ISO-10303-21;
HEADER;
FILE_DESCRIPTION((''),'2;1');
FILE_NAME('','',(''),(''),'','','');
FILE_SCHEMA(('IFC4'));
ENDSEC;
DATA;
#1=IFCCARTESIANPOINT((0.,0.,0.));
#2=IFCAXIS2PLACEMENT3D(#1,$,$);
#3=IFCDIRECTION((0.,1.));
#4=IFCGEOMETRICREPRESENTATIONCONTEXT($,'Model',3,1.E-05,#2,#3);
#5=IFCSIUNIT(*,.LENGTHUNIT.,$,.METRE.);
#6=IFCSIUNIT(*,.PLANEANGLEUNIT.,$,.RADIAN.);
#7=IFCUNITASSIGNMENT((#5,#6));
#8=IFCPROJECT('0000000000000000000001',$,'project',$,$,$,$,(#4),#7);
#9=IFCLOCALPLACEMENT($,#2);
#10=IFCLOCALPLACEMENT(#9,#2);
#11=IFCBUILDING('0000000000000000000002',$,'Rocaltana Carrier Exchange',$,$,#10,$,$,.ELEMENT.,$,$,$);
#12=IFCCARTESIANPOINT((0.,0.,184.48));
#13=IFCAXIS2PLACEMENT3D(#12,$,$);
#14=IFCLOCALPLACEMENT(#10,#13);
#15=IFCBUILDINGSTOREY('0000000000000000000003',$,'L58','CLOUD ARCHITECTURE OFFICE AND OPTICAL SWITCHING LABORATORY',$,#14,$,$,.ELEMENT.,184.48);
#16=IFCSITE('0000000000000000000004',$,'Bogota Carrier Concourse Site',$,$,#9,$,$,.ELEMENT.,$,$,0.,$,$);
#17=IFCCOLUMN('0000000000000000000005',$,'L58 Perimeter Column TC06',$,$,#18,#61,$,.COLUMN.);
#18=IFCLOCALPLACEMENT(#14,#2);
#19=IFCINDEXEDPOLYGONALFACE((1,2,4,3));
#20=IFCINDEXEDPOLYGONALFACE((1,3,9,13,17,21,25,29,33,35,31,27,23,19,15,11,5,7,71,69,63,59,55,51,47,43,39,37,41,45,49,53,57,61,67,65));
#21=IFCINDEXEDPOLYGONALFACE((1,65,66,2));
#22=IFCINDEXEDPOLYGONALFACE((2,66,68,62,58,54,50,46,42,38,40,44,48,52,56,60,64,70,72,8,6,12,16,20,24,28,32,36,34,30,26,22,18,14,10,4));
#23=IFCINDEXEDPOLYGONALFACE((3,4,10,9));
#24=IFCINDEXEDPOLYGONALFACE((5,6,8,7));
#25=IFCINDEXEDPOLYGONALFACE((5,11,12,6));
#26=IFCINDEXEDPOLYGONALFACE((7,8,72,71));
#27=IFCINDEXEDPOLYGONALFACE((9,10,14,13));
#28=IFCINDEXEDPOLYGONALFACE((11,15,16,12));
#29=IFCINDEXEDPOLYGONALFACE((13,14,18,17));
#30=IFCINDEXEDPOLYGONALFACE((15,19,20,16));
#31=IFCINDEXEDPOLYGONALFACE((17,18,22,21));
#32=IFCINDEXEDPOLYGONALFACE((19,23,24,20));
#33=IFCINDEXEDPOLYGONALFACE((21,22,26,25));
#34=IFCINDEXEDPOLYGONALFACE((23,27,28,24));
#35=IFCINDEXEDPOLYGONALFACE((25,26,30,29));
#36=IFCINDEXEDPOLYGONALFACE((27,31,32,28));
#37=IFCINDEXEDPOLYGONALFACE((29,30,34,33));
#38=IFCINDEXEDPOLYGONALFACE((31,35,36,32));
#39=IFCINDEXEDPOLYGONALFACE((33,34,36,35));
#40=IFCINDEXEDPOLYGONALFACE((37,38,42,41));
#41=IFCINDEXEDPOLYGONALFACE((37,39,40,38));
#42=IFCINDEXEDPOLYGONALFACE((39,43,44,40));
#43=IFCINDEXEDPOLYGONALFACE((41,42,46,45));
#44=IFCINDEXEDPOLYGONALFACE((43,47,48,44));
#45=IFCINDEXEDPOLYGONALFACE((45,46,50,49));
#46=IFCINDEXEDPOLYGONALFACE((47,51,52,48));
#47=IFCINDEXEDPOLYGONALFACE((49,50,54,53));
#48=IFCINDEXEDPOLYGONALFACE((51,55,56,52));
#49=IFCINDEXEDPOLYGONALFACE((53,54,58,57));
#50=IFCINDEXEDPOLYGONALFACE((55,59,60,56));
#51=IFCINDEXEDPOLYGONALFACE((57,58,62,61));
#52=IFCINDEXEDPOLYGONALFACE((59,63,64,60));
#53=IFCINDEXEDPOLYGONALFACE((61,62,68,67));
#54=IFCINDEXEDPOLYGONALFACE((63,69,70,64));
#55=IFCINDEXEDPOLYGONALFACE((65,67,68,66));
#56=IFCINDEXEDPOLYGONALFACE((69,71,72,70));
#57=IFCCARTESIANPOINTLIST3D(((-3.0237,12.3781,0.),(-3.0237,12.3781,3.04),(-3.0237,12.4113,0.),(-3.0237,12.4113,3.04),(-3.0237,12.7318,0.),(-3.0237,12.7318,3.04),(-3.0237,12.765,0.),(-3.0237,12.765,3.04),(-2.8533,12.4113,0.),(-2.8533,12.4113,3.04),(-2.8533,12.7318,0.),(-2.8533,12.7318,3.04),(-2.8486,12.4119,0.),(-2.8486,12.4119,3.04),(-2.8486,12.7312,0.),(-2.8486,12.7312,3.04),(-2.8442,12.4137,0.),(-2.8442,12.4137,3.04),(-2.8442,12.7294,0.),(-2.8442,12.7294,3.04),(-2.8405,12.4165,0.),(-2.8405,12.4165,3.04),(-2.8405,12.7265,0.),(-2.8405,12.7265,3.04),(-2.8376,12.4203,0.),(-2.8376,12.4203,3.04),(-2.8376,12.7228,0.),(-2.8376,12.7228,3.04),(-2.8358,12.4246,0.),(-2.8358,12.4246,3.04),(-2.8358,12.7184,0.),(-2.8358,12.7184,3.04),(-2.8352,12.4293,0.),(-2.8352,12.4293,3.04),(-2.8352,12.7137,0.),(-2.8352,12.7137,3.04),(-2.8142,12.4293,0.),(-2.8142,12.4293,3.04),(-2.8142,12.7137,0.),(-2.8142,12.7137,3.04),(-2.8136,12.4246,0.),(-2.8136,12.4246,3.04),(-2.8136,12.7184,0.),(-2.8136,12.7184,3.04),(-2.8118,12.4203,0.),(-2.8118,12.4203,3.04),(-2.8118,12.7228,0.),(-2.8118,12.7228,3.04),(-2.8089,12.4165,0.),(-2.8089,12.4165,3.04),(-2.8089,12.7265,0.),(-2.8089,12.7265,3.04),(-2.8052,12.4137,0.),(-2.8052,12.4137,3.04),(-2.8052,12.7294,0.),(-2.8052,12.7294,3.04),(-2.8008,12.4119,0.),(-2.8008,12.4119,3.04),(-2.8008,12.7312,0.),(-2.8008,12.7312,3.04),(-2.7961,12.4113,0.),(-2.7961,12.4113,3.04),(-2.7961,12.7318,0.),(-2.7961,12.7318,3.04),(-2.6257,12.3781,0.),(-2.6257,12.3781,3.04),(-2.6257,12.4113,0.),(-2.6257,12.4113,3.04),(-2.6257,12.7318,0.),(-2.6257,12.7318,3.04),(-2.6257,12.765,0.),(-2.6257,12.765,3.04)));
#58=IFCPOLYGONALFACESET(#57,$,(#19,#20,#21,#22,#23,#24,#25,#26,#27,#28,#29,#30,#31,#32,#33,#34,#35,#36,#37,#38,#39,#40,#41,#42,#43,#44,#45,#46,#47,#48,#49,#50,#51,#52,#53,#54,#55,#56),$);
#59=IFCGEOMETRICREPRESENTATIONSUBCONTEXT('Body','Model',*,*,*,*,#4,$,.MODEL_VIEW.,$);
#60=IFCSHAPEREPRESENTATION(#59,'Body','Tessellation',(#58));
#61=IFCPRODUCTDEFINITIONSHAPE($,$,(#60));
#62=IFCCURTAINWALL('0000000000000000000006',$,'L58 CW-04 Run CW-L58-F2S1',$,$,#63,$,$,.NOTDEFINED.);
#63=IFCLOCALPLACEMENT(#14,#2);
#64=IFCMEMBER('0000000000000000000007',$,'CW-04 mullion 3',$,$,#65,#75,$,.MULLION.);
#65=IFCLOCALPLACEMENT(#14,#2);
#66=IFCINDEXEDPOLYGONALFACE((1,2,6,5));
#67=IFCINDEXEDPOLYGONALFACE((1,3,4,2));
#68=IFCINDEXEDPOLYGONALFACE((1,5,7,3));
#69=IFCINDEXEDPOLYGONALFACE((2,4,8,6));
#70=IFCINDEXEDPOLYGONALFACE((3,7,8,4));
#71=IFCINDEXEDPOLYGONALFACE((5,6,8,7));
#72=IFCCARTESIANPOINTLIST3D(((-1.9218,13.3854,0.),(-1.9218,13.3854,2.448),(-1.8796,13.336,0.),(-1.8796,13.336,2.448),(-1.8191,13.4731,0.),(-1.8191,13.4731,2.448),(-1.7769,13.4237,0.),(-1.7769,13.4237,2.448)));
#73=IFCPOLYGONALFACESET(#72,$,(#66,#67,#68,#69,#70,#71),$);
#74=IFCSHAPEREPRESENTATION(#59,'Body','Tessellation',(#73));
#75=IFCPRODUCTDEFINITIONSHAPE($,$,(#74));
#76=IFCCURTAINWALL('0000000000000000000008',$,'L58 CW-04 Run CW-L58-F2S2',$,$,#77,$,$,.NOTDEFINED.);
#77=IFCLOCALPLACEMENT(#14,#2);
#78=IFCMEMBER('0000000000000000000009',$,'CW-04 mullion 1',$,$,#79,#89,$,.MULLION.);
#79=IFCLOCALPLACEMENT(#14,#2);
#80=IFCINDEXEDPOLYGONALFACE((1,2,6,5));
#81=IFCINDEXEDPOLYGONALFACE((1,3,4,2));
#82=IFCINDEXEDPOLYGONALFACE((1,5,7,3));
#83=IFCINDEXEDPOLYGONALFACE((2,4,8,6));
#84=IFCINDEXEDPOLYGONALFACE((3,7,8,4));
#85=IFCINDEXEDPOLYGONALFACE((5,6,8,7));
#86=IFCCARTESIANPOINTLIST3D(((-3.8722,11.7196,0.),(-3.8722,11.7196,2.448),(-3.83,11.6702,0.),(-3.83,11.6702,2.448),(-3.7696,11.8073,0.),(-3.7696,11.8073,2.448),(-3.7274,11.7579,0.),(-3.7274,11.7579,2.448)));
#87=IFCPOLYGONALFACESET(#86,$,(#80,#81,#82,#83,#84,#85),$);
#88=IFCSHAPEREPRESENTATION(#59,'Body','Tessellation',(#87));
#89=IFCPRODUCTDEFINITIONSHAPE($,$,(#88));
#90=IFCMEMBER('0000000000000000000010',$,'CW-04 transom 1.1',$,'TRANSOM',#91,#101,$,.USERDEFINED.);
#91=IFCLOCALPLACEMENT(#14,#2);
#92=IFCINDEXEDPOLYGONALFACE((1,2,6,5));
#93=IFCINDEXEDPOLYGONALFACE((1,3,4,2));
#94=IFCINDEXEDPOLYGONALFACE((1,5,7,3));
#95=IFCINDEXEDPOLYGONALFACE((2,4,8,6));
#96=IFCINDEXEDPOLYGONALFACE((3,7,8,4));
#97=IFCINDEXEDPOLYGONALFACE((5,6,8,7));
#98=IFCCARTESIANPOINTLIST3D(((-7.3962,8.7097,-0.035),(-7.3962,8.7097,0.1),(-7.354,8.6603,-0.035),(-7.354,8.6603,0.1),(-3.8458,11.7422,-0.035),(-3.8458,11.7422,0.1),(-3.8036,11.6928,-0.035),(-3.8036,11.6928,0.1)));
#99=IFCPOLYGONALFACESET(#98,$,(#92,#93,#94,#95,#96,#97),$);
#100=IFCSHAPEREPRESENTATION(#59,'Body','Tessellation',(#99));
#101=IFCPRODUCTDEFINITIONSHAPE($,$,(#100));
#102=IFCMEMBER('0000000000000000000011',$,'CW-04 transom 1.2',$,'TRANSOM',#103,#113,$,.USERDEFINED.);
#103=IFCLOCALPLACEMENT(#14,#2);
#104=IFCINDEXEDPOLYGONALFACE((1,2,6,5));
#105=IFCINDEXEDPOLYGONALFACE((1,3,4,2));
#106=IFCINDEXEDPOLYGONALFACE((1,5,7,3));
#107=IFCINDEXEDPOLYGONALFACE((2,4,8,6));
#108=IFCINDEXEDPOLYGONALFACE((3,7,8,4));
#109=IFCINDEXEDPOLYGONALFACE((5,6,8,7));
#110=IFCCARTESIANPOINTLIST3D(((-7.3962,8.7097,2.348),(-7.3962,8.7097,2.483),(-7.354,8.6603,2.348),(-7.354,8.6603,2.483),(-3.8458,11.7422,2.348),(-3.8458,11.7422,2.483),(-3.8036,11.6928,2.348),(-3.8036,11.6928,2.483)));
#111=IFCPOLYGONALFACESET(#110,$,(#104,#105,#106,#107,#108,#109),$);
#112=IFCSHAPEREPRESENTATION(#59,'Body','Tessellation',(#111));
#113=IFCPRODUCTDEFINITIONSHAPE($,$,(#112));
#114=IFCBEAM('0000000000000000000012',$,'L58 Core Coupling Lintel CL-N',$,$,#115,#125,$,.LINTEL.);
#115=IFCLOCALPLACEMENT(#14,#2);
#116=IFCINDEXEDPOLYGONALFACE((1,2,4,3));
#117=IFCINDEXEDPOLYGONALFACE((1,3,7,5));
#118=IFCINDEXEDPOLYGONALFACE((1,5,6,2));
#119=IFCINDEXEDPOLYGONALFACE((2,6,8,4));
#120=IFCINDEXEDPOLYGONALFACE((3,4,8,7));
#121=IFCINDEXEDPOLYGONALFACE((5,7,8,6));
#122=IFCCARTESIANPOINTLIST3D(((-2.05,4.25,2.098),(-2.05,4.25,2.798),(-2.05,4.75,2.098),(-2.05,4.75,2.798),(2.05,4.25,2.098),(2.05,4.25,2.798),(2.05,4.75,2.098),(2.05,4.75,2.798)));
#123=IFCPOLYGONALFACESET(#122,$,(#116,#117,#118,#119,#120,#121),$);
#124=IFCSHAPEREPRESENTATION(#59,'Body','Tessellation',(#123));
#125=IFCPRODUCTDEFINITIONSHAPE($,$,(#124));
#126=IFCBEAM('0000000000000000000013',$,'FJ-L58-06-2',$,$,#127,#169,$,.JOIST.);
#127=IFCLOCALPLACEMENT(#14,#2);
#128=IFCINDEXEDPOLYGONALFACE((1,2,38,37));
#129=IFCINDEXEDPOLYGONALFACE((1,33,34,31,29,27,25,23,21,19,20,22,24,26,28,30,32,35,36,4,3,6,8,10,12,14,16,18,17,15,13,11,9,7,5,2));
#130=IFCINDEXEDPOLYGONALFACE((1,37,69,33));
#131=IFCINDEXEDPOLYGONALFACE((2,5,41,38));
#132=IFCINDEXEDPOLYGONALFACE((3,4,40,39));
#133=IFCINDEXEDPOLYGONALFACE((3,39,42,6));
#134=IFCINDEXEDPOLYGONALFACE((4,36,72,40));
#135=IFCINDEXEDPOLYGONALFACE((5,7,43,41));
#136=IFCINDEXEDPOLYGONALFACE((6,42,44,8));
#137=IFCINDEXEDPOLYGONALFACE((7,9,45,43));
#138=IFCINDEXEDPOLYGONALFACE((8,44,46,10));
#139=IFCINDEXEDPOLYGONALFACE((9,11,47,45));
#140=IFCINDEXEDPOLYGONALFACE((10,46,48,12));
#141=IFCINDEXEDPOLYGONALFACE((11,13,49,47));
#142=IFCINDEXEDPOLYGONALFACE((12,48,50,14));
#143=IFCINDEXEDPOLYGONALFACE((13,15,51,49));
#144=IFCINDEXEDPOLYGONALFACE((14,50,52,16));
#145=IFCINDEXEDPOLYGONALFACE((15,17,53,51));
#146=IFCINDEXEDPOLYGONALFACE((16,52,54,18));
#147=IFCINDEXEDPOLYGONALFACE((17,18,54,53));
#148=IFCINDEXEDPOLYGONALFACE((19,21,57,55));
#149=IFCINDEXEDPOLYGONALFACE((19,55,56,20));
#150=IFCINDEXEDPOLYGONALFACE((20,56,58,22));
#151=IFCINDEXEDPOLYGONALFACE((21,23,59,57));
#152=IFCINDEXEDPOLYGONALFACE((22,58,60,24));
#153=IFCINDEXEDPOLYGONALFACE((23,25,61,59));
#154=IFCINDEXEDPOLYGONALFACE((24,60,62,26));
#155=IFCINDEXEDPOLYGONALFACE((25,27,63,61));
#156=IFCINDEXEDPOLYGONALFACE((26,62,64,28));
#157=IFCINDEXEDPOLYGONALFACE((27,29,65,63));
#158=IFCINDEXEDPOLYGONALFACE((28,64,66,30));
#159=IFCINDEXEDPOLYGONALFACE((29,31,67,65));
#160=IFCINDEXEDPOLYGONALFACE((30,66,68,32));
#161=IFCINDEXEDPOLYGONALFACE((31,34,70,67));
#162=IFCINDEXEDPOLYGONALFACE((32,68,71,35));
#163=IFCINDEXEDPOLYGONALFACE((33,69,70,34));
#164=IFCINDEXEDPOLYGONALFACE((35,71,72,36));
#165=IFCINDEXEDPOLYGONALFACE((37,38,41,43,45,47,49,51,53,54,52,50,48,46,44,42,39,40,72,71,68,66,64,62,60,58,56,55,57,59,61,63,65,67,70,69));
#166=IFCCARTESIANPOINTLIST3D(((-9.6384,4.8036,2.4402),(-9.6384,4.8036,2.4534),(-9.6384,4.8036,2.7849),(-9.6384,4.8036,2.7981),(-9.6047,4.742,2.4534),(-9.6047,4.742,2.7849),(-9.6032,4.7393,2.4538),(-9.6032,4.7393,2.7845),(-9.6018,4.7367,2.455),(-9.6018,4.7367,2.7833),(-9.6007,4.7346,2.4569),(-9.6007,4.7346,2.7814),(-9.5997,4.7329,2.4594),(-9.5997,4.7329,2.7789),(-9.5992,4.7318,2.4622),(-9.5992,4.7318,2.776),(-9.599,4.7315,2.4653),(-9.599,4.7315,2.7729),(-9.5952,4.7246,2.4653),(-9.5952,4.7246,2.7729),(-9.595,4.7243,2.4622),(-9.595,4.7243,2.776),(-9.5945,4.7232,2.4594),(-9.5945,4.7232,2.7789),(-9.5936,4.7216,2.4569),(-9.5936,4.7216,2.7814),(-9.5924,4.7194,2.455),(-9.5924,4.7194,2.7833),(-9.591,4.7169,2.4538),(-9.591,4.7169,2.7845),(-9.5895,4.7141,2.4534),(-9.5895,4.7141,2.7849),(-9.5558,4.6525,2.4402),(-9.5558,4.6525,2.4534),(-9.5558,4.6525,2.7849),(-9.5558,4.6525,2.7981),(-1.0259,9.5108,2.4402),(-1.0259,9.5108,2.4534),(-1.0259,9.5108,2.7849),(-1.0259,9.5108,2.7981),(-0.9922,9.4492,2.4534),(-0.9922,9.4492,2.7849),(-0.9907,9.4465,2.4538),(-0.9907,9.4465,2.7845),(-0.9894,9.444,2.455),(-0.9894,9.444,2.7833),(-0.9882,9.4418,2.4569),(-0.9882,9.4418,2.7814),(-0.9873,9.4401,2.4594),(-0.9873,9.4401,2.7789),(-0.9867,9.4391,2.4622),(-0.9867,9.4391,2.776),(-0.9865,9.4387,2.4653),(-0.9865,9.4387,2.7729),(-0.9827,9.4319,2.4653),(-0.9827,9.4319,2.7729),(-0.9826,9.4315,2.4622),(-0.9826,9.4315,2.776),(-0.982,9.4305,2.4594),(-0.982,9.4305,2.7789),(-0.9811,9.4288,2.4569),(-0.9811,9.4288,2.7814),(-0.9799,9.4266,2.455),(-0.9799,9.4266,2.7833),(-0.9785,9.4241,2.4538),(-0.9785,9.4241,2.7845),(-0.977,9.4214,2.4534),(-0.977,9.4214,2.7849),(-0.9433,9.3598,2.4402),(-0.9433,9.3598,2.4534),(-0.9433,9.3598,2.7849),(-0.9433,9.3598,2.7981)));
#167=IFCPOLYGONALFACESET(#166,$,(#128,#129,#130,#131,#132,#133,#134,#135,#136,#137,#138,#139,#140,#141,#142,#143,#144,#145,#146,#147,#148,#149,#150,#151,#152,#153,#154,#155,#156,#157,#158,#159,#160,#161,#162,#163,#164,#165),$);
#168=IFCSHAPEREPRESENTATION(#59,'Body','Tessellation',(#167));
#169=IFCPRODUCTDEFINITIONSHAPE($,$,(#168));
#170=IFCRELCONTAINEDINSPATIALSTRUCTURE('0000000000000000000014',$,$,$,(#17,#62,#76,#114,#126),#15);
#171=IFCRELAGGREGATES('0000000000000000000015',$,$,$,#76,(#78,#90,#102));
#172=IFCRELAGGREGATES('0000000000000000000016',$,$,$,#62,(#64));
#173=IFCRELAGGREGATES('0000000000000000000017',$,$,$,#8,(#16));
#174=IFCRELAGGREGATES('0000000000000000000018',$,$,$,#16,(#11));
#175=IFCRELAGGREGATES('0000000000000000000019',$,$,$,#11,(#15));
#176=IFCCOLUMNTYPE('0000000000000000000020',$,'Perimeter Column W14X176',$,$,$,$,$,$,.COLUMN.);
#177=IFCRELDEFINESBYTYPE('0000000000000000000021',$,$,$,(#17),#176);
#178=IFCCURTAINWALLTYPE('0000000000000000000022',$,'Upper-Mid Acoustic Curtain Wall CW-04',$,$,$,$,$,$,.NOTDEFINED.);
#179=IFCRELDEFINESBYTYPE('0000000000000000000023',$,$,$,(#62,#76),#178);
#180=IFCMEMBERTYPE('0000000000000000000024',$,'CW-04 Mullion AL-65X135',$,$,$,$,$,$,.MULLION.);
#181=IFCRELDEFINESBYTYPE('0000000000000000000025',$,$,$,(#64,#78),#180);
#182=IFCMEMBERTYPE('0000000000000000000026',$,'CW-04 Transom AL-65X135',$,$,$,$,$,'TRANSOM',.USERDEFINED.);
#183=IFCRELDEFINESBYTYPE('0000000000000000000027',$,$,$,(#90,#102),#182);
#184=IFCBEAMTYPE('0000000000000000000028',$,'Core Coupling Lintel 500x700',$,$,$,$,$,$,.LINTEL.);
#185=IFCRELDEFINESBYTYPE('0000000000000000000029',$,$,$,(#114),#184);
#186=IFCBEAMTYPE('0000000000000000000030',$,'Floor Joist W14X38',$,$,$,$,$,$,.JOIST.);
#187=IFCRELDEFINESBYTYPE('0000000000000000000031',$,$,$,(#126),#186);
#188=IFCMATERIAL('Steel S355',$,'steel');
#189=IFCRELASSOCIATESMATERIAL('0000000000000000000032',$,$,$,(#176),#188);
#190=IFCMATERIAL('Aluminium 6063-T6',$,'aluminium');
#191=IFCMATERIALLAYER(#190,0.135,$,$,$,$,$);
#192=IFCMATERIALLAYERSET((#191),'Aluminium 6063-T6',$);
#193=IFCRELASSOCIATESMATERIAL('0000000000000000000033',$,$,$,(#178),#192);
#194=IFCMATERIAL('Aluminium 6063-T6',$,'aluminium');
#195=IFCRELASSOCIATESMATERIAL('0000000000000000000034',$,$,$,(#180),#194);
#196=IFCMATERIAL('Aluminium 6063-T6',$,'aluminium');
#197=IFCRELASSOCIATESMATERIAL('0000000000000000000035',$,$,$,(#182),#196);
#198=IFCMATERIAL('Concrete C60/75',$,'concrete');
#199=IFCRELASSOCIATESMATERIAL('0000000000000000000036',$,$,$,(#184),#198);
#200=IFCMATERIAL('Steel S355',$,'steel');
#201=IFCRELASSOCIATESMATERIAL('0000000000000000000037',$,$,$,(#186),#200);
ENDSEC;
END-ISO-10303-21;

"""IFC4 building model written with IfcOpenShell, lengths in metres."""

from ifc_helpers import new_model, si_unit, direction, frame, origin, origin_2d, place, context, subcontext, project, spatial, rectangle, i_section, extrude, material, layer, layer_set, material_profile, profile_set, type_object, element, aggregate, save


model = new_model("IFC4")

# Units and contexts
model_context = context("Model", 3, precision=1e-05, world=origin(), true_north=direction((0.0, 1.0)))
body_context = subcontext(model_context, "Body", "Model", "MODEL_VIEW")
ifc_project = project(units=[si_unit("LENGTHUNIT", "METRE"), si_unit("PLANEANGLEUNIT", "RADIAN")], contexts=[model_context])

# Site, building, storey
site_placement = place(None, origin())
site = spatial("IfcSite", under=ifc_project, at=site_placement, Name="Bogota Carrier Concourse Site", CompositionType="ELEMENT", RefElevation=0.0)
building_placement = place(site_placement, origin())
building = spatial("IfcBuilding", under=site, at=building_placement, Name="Rocaltana Carrier Exchange", CompositionType="ELEMENT")
storey_placement = place(building_placement, frame((0.0, 0.0, 184.48)))
storey = spatial("IfcBuildingStorey", under=building, at=storey_placement, Name="L58", Description="CLOUD ARCHITECTURE OFFICE AND OPTICAL SWITCHING LABORATORY", CompositionType="ELEMENT", Elevation=184.48)

# Column
ifc_material_1 = material(Name="Steel S355", Category="steel")
ifc_material_profile_1 = material_profile(ifc_material_1, i_section(OverallWidth=0.3979, OverallDepth=0.387, WebThickness=0.021, FlangeThickness=0.0332, FilletRadius=0.0181, at=origin_2d()), Name="W14X176")
ifc_profile_set_1 = profile_set([ifc_material_profile_1], Name="Steel S355")
column_type = type_object("IfcColumnType", Name="Perimeter Column W14X176", PredefinedType="COLUMN", material=ifc_profile_set_1)
column_placement = place(storey_placement, frame((-2.8247, 12.5715, 0.0), z_axis=(0.0, 0.0, 1.0), x_axis=(1.0, 0.0, 0.0)))
element("IfcColumn", 1, at=column_placement, inside=storey, type_object=column_type, Name="L58 Perimeter Column TC06", PredefinedType="COLUMN", context=body_context, shape_type="SweptSolid", body=[
    extrude(i_section(OverallWidth=0.3979, OverallDepth=0.387, WebThickness=0.021, FlangeThickness=0.0332, FilletRadius=0.0181, at=origin_2d()), origin(), (0.0, 0.0, 1.0), 3.04),
])

# Curtain wall, member
ifc_material_2 = material(Name="Aluminium 6063-T6", Category="aluminium")
ifc_layer_1 = layer(ifc_material_2, 0.135)
ifc_layer_set_1 = layer_set([ifc_layer_1], Name="Aluminium 6063-T6")
curtain_wall_type = type_object("IfcCurtainWallType", Name="Upper-Mid Acoustic Curtain Wall CW-04", PredefinedType="NOTDEFINED", material=ifc_layer_set_1)
curtain_wall_1_placement = place(storey_placement, origin())
curtain_wall_1 = element("IfcCurtainWall", 2, at=curtain_wall_1_placement, inside=storey, type_object=curtain_wall_type, Name="L58 CW-04 Run CW-L58-F2S1", PredefinedType="NOTDEFINED")
ifc_material_3 = material(Name="Aluminium 6063-T6", Category="aluminium")
ifc_material_profile_2 = material_profile(ifc_material_3, rectangle(XDim=0.0649, YDim=0.135, at=origin_2d()), Name="AL-65X135")
ifc_profile_set_2 = profile_set([ifc_material_profile_2], Name="Aluminium 6063-T6")
member_type_1 = type_object("IfcMemberType", Name="CW-04 Mullion AL-65X135", PredefinedType="MULLION", material=ifc_profile_set_2)
member_1_placement = place(storey_placement, frame((-1.8494, 13.4045, 0.0), z_axis=(0.0, 0.0, 1.0), x_axis=(0.649448, -0.760406, 0.0)))
member_1 = element("IfcMember", 3, at=member_1_placement, type_object=member_type_1, Name="CW-04 mullion 3", PredefinedType="MULLION", context=body_context, shape_type="SweptSolid", body=[
    extrude(rectangle(XDim=0.0649, YDim=0.135, at=origin_2d()), origin(), (0.0, 0.0, 1.0), 2.448),
])

# Curtain wall, members
curtain_wall_2_placement = place(storey_placement, origin())
curtain_wall_2 = element("IfcCurtainWall", 4, at=curtain_wall_2_placement, inside=storey, type_object=curtain_wall_type, Name="L58 CW-04 Run CW-L58-F2S2", PredefinedType="NOTDEFINED")
member_2_placement = place(storey_placement, frame((-3.7998, 11.7388, 0.0), z_axis=(0.0, 0.0, 1.0), x_axis=(0.649454, -0.760401, 0.0)))
member_2 = element("IfcMember", 5, at=member_2_placement, type_object=member_type_1, Name="CW-04 mullion 1", PredefinedType="MULLION", context=body_context, shape_type="SweptSolid", body=[
    extrude(rectangle(XDim=0.0649, YDim=0.135, at=origin_2d()), origin(), (0.0, 0.0, 1.0), 2.448),
])
ifc_material_4 = material(Name="Aluminium 6063-T6", Category="aluminium")
ifc_material_profile_3 = material_profile(ifc_material_4, rectangle(XDim=0.0649, YDim=0.135, at=origin_2d()), Name="AL-65X135")
ifc_profile_set_3 = profile_set([ifc_material_profile_3], Name="Aluminium 6063-T6")
member_type_2 = type_object("IfcMemberType", Name="CW-04 Transom AL-65X135", ElementType="TRANSOM", PredefinedType="USERDEFINED", material=ifc_profile_set_3)
member_3_placement = place(storey_placement, frame((-3.8247, 11.7175, 0.0325), z_axis=(-0.760381, -0.649477, 0.0), x_axis=(0.649477, -0.760381, 0.0)))
member_3 = element("IfcMember", 6, at=member_3_placement, type_object=member_type_2, Name="CW-04 transom 1.1", ObjectType="TRANSOM", PredefinedType="USERDEFINED", context=body_context, shape_type="SweptSolid", body=[
    extrude(rectangle(XDim=0.0649, YDim=0.135, at=origin_2d()), origin(), (0.0, 0.0, 1.0), 4.6692),
])
member_4_placement = place(storey_placement, frame((-3.8247, 11.7175, 2.4155), z_axis=(-0.760381, -0.649477, 0.0), x_axis=(0.649477, -0.760381, 0.0)))
member_4 = element("IfcMember", 7, at=member_4_placement, type_object=member_type_2, Name="CW-04 transom 1.2", ObjectType="TRANSOM", PredefinedType="USERDEFINED", context=body_context, shape_type="SweptSolid", body=[
    extrude(rectangle(XDim=0.0649, YDim=0.135, at=origin_2d()), origin(), (0.0, 0.0, 1.0), 4.6692),
])
aggregate(curtain_wall_2, [member_2, member_3, member_4])

# Beams
ifc_material_5 = material(Name="Concrete C60/75", Category="concrete")
ifc_material_profile_4 = material_profile(ifc_material_5, rectangle(XDim=0.5, YDim=0.7, at=origin_2d()), Name="RC-BM-500X700")
ifc_profile_set_4 = profile_set([ifc_material_profile_4], Name="Concrete C60/75")
beam_type_1 = type_object("IfcBeamType", Name="Core Coupling Lintel 500x700", PredefinedType="LINTEL", material=ifc_profile_set_4)
beam_1_placement = place(storey_placement, frame((-2.05, 4.5, 2.448), z_axis=(1.0, 0.0, 0.0), x_axis=(0.0, 1.0, 0.0)))
element("IfcBeam", 8, at=beam_1_placement, inside=storey, type_object=beam_type_1, Name="L58 Core Coupling Lintel CL-N", PredefinedType="LINTEL", context=body_context, shape_type="SweptSolid", body=[
    extrude(rectangle(XDim=0.5, YDim=0.7, at=origin_2d()), origin(), (0.0, 0.0, 1.0), 4.1001),
])
ifc_material_6 = material(Name="Steel S355", Category="steel")
ifc_material_profile_5 = material_profile(ifc_material_6, i_section(OverallWidth=0.1721, OverallDepth=0.3579, WebThickness=0.0078, FlangeThickness=0.0132, FilletRadius=0.012, at=origin_2d()), Name="W14X38")
ifc_profile_set_5 = profile_set([ifc_material_profile_5], Name="Steel S355")
beam_type_2 = type_object("IfcBeamType", Name="Floor Joist W14X38", PredefinedType="JOIST", material=ifc_profile_set_5)
beam_2_placement = place(storey_placement, frame((-0.9846, 9.4353, 2.6191), z_axis=(-0.877487, -0.4796, 0.0), x_axis=(0.4796, -0.877487, 0.0)))
element("IfcBeam", 9, at=beam_2_placement, inside=storey, type_object=beam_type_2, Name="FJ-L58-06-2", PredefinedType="JOIST", context=body_context, shape_type="SweptSolid", body=[
    extrude(i_section(OverallWidth=0.1721, OverallDepth=0.3579, WebThickness=0.0078, FlangeThickness=0.0132, FilletRadius=0.012, at=origin_2d()), origin(), (0.0, 0.0, 1.0), 9.8149),
])

aggregate(curtain_wall_1, [member_1])

save(model, "model.ifc")
